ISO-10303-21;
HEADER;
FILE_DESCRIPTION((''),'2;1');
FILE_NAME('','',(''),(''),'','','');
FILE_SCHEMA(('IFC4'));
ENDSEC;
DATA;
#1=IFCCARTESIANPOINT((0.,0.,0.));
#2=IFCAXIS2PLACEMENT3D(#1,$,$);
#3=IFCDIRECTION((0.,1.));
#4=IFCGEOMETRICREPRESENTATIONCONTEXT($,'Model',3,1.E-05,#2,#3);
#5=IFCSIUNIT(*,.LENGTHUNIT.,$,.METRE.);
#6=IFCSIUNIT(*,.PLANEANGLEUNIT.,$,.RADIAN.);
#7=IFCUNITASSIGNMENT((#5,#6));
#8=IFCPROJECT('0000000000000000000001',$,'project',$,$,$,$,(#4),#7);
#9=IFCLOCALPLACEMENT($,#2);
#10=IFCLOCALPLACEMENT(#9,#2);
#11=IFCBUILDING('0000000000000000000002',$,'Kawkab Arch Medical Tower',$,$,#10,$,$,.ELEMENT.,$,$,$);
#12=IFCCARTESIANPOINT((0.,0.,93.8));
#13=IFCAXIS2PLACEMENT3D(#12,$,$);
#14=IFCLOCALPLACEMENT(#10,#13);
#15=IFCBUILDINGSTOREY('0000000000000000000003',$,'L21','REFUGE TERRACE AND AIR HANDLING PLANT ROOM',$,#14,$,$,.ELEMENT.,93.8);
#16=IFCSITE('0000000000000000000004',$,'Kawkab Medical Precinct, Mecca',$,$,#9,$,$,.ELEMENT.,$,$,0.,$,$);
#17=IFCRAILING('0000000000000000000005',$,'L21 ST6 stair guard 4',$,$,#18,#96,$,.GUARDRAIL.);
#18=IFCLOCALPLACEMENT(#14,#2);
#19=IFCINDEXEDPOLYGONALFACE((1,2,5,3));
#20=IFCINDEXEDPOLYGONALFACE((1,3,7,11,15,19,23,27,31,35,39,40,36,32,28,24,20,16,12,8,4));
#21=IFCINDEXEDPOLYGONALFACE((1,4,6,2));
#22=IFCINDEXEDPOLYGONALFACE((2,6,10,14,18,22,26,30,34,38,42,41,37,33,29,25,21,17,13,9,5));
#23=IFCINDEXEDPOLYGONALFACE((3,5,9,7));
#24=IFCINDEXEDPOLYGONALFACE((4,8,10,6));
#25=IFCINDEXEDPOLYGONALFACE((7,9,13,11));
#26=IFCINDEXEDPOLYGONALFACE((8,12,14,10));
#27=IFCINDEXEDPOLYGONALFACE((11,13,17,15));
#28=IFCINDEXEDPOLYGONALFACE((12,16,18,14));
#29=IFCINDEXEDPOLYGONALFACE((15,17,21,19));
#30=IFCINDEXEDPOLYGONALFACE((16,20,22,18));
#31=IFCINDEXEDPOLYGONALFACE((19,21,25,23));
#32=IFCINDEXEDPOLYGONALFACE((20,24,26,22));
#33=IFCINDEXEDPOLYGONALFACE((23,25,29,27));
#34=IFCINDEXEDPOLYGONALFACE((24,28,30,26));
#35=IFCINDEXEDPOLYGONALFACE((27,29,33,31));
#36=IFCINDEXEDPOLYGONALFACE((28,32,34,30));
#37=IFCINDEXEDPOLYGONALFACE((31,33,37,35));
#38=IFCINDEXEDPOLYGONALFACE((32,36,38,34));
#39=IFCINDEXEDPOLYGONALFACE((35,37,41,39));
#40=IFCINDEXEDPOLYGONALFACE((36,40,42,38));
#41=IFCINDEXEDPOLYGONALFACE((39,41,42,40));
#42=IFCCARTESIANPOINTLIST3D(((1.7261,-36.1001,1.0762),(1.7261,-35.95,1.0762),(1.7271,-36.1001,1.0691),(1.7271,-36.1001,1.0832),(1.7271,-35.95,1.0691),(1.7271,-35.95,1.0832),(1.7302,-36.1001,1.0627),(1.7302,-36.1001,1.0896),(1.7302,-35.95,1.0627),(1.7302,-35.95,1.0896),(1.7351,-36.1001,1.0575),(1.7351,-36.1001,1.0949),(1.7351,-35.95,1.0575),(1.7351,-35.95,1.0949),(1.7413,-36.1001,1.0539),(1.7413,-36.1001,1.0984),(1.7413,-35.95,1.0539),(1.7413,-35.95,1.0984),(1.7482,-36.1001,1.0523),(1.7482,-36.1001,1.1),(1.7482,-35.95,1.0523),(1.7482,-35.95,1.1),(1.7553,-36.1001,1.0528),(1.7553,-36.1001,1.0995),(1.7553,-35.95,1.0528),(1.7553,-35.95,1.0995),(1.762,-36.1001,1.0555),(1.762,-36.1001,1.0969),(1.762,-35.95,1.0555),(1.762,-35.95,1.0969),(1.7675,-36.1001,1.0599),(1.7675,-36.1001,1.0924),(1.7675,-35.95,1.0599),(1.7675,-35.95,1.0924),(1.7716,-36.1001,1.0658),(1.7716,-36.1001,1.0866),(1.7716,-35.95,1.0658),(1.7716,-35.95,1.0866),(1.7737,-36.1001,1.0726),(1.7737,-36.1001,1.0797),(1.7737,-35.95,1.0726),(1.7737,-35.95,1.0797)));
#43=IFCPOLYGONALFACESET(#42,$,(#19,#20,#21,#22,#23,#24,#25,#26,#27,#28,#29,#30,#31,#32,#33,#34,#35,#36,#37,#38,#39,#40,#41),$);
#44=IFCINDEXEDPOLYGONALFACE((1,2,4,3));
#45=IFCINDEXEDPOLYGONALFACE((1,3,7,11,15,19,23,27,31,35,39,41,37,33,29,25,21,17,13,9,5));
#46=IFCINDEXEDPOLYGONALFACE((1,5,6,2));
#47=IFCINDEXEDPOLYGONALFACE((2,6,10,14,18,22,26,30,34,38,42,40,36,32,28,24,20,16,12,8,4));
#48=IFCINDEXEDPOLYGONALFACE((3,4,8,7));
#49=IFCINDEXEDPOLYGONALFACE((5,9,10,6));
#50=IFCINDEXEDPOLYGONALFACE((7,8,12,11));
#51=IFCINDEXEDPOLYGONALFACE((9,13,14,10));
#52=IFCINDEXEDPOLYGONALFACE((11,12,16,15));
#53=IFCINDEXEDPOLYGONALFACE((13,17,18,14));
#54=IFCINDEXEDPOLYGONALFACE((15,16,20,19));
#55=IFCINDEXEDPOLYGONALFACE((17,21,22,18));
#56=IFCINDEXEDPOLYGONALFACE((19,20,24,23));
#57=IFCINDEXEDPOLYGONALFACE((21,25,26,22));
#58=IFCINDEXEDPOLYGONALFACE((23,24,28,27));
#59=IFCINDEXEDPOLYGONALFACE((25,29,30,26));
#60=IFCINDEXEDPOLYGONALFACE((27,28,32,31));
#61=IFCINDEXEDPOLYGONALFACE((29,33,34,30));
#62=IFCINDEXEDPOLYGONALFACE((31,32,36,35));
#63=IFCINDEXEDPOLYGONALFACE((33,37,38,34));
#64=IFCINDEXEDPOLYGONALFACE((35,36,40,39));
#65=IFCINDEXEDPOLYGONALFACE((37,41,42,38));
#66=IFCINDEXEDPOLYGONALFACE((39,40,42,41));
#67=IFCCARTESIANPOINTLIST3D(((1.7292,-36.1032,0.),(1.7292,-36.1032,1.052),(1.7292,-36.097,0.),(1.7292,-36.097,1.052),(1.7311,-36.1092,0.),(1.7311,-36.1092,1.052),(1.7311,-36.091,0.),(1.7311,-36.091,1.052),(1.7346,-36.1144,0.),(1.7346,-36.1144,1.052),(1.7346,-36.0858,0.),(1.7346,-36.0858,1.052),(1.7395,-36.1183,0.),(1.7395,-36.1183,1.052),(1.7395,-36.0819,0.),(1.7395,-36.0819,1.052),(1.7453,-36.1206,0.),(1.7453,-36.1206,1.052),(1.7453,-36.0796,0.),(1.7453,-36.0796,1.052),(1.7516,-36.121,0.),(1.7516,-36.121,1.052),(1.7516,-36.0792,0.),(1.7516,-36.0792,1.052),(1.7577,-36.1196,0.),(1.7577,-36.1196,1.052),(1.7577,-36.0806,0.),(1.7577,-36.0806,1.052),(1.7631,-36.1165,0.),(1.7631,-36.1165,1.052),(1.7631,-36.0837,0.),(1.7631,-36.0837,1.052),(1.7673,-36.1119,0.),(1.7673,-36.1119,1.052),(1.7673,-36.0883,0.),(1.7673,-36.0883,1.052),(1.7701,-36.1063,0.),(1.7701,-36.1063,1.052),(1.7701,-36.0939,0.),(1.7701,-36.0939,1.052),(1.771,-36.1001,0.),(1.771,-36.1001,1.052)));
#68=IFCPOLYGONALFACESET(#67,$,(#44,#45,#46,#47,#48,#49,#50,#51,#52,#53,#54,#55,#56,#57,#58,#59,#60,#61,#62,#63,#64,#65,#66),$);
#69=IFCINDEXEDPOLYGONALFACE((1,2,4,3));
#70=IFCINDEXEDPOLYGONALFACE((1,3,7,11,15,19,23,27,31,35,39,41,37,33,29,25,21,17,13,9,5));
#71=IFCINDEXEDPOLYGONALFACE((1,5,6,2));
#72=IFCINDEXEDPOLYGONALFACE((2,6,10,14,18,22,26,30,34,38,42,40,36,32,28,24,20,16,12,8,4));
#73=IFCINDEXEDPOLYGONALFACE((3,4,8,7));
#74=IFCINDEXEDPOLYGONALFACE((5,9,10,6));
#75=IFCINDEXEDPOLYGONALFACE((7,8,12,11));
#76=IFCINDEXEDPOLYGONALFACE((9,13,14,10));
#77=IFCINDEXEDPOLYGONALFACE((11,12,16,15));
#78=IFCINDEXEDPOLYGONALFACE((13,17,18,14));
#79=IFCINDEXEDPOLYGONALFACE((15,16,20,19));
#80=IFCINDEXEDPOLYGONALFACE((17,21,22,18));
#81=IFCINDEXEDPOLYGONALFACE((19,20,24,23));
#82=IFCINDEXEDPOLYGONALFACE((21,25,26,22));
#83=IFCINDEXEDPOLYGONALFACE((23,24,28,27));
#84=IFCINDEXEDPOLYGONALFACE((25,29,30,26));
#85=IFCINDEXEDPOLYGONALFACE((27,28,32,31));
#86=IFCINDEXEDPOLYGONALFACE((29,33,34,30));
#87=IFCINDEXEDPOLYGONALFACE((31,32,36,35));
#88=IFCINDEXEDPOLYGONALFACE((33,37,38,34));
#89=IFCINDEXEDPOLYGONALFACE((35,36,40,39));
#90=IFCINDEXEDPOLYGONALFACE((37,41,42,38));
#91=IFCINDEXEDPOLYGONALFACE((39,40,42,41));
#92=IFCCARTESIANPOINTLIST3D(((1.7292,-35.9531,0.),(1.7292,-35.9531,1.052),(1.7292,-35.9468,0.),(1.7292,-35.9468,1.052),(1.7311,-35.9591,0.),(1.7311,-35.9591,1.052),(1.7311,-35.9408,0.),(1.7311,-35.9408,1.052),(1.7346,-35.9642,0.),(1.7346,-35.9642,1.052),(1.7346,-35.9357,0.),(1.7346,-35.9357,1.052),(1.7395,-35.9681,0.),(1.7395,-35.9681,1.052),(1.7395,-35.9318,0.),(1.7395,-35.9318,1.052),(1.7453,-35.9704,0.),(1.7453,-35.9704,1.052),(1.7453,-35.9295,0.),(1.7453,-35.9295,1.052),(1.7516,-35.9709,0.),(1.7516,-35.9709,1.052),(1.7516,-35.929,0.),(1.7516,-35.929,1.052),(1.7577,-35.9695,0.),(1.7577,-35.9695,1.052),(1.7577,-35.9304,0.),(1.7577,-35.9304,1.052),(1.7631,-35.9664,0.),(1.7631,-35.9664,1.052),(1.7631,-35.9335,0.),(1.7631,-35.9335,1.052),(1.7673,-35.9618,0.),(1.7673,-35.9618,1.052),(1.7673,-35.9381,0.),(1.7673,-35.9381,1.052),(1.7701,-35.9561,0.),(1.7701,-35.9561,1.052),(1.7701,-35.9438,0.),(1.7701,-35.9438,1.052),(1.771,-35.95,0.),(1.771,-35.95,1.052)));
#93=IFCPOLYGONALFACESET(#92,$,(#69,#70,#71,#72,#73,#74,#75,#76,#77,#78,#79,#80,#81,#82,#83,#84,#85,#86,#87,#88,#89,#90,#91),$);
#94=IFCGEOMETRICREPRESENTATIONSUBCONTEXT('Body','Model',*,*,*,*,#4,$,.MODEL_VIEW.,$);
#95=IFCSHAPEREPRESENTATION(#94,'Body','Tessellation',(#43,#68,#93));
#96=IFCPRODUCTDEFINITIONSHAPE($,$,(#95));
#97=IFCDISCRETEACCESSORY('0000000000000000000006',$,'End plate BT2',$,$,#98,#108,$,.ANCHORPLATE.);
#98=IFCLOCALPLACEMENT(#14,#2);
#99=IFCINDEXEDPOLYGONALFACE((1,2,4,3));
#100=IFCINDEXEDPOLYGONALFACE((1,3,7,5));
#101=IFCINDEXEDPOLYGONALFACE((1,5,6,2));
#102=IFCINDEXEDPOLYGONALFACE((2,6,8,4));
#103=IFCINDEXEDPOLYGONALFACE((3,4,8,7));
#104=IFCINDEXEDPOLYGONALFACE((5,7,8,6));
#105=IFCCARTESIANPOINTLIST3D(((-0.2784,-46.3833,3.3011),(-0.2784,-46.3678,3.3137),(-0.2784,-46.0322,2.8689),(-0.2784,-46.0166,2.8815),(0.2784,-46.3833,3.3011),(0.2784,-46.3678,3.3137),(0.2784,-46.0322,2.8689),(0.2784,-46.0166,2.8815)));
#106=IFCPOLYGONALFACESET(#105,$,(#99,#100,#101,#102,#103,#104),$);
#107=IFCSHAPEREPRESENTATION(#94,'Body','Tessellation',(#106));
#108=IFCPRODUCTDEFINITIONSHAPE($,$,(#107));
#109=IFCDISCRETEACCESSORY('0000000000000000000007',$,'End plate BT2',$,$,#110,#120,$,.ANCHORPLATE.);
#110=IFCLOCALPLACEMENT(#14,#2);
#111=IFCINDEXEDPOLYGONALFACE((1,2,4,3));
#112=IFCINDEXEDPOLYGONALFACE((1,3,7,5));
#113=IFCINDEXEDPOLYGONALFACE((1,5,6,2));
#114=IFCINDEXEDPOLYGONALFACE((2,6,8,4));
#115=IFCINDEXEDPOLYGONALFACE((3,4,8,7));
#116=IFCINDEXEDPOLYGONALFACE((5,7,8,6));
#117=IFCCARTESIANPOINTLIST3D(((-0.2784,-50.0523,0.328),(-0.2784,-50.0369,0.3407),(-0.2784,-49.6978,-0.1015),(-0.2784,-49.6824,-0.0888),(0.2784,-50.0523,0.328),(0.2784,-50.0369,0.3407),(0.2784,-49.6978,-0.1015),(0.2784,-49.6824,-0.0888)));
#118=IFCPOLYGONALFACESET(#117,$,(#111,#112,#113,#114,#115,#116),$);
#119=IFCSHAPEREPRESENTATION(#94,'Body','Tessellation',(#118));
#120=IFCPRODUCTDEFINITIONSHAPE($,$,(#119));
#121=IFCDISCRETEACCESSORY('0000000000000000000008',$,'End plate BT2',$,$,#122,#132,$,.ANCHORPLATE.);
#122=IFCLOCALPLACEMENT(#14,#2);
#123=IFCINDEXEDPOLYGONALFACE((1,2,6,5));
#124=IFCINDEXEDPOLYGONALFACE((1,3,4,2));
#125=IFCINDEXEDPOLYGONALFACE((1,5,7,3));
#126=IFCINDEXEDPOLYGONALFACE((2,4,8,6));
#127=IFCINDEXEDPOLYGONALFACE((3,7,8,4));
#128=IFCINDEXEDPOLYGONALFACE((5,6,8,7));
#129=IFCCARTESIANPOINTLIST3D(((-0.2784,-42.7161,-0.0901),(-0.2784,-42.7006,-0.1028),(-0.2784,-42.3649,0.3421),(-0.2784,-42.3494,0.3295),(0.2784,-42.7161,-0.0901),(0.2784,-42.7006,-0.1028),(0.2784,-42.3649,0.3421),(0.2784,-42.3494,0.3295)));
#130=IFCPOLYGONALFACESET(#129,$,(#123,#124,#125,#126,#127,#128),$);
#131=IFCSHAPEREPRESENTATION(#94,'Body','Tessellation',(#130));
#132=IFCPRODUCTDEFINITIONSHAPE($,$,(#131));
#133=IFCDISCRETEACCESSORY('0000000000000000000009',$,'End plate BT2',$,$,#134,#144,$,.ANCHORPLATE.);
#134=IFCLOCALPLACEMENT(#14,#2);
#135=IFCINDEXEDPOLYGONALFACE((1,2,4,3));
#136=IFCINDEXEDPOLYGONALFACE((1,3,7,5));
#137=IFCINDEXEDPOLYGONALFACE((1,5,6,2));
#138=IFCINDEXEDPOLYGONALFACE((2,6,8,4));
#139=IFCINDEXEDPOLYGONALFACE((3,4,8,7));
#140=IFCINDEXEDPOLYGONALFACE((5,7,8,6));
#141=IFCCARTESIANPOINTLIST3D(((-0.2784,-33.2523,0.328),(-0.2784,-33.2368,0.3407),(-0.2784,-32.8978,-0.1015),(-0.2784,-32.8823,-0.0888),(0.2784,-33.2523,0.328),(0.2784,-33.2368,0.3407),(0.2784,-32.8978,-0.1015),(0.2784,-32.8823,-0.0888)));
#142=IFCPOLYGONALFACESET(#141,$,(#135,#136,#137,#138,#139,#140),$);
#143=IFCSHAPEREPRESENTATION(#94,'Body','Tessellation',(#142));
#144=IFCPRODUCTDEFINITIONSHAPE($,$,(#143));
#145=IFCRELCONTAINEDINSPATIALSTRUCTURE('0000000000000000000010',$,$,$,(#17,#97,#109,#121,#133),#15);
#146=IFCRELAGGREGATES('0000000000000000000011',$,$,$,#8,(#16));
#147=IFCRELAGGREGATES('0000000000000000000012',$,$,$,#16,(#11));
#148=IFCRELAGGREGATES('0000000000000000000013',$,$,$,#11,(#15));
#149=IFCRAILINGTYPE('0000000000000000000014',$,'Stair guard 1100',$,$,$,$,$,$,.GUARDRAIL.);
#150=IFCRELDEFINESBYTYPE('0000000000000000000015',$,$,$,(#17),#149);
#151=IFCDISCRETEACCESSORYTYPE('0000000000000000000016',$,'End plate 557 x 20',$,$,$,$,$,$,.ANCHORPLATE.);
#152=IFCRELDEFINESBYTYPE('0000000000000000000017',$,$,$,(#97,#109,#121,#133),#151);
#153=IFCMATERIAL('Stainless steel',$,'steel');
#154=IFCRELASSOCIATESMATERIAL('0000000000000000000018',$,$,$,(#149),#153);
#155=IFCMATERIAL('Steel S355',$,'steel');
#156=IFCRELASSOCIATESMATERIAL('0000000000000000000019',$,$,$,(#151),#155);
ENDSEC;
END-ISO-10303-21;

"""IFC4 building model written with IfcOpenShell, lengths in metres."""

from ifc_helpers import new_model, si_unit, direction, frame, origin, origin_2d, place, context, subcontext, project, spatial, rectangle, circle, extrude, material, material_profile, profile_set, type_object, element, save


model = new_model("IFC4")

# Units and contexts
model_context = context("Model", 3, precision=1e-05, world=origin(), true_north=direction((0.0, 1.0)))
body_context = subcontext(model_context, "Body", "Model", "MODEL_VIEW")
ifc_project = project(units=[si_unit("LENGTHUNIT", "METRE"), si_unit("PLANEANGLEUNIT", "RADIAN")], contexts=[model_context])

# Site, building, storey
site_placement = place(None, origin())
site = spatial("IfcSite", under=ifc_project, at=site_placement, Name="Kawkab Medical Precinct, Mecca", CompositionType="ELEMENT", RefElevation=0.0)
building_placement = place(site_placement, origin())
building = spatial("IfcBuilding", under=site, at=building_placement, Name="Kawkab Arch Medical Tower", CompositionType="ELEMENT")
storey_placement = place(building_placement, frame((0.0, 0.0, 93.8)))
storey = spatial("IfcBuildingStorey", under=building, at=storey_placement, Name="L21", Description="REFUGE TERRACE AND AIR HANDLING PLANT ROOM", CompositionType="ELEMENT", Elevation=93.8)

# Railing
ifc_material_1 = material(Name="Stainless steel", Category="steel")
railing_type_1 = type_object("IfcRailingType", Name="Stair guard 1100", PredefinedType="GUARDRAIL", material=ifc_material_1)
railing_1_placement = place(storey_placement, frame((1.75, -36.1001, 0.0)))
element("IfcRailing", 1, at=railing_1_placement, inside=storey, type_object=railing_type_1, Name="L21 ST6 stair guard 4", PredefinedType="GUARDRAIL", context=body_context, shape_type="SweptSolid", body=[
    extrude(circle(Radius=0.0239, at=origin_2d()), frame((0.0, 0.0, 1.0762), z_axis=(0.0, 1.0, 0.0), x_axis=(-1.0, 0.0, 0.0)), (0.0, 0.0, 1.0), 0.1501),
    extrude(circle(Radius=0.021, at=origin_2d()), origin(), (0.0, 0.0, 1.0), 1.052),
    extrude(circle(Radius=0.021, at=origin_2d()), frame((0.0, 0.1501, 0.0)), (0.0, 0.0, 1.0), 1.052),
])

# Discrete accessories
ifc_material_2 = material(Name="Steel S355", Category="steel")
ifc_material_profile_1 = material_profile(ifc_material_2, rectangle(XDim=0.5569, YDim=0.5569, at=origin_2d()), Name="End plate 557 x 20")
ifc_profile_set_1 = profile_set([ifc_material_profile_1], Name="Steel S355")
discrete_accessory_type = type_object("IfcDiscreteAccessoryType", Name="End plate 557 x 20", PredefinedType="ANCHORPLATE", material=ifc_profile_set_1)
for number, where, z_axis, x_axis, name in (
    (2, (0.0, -46.2078, 3.085), (0.0, 0.776114, 0.630593), (-1.0, 0.0, 0.0), "End plate BT2"),
    (3, (0.0, -49.8596, 0.126), (0.0, -0.771223, -0.636565), (1.0, 0.0, 0.0), "End plate BT2"),
    (4, (0.0, -42.5405, 0.126), (0.0, 0.776114, -0.630593), (-1.0, 0.0, 0.0), "End plate BT2"),
    (5, (0.0, -33.0596, 0.126), (0.0, -0.771223, -0.636565), (1.0, 0.0, 0.0), "End plate BT2"),
):
    element("IfcDiscreteAccessory", number, at=place(storey_placement, frame(where, z_axis=z_axis, x_axis=x_axis)), inside=storey, type_object=discrete_accessory_type, Name=name, PredefinedType="ANCHORPLATE", context=body_context, shape_type="SweptSolid", body=[
        extrude(rectangle(XDim=0.5569, YDim=0.5569, at=origin_2d()), origin(), (0.0, 0.0, 1.0), 0.02),
    ])

save(model, "model.ifc")
